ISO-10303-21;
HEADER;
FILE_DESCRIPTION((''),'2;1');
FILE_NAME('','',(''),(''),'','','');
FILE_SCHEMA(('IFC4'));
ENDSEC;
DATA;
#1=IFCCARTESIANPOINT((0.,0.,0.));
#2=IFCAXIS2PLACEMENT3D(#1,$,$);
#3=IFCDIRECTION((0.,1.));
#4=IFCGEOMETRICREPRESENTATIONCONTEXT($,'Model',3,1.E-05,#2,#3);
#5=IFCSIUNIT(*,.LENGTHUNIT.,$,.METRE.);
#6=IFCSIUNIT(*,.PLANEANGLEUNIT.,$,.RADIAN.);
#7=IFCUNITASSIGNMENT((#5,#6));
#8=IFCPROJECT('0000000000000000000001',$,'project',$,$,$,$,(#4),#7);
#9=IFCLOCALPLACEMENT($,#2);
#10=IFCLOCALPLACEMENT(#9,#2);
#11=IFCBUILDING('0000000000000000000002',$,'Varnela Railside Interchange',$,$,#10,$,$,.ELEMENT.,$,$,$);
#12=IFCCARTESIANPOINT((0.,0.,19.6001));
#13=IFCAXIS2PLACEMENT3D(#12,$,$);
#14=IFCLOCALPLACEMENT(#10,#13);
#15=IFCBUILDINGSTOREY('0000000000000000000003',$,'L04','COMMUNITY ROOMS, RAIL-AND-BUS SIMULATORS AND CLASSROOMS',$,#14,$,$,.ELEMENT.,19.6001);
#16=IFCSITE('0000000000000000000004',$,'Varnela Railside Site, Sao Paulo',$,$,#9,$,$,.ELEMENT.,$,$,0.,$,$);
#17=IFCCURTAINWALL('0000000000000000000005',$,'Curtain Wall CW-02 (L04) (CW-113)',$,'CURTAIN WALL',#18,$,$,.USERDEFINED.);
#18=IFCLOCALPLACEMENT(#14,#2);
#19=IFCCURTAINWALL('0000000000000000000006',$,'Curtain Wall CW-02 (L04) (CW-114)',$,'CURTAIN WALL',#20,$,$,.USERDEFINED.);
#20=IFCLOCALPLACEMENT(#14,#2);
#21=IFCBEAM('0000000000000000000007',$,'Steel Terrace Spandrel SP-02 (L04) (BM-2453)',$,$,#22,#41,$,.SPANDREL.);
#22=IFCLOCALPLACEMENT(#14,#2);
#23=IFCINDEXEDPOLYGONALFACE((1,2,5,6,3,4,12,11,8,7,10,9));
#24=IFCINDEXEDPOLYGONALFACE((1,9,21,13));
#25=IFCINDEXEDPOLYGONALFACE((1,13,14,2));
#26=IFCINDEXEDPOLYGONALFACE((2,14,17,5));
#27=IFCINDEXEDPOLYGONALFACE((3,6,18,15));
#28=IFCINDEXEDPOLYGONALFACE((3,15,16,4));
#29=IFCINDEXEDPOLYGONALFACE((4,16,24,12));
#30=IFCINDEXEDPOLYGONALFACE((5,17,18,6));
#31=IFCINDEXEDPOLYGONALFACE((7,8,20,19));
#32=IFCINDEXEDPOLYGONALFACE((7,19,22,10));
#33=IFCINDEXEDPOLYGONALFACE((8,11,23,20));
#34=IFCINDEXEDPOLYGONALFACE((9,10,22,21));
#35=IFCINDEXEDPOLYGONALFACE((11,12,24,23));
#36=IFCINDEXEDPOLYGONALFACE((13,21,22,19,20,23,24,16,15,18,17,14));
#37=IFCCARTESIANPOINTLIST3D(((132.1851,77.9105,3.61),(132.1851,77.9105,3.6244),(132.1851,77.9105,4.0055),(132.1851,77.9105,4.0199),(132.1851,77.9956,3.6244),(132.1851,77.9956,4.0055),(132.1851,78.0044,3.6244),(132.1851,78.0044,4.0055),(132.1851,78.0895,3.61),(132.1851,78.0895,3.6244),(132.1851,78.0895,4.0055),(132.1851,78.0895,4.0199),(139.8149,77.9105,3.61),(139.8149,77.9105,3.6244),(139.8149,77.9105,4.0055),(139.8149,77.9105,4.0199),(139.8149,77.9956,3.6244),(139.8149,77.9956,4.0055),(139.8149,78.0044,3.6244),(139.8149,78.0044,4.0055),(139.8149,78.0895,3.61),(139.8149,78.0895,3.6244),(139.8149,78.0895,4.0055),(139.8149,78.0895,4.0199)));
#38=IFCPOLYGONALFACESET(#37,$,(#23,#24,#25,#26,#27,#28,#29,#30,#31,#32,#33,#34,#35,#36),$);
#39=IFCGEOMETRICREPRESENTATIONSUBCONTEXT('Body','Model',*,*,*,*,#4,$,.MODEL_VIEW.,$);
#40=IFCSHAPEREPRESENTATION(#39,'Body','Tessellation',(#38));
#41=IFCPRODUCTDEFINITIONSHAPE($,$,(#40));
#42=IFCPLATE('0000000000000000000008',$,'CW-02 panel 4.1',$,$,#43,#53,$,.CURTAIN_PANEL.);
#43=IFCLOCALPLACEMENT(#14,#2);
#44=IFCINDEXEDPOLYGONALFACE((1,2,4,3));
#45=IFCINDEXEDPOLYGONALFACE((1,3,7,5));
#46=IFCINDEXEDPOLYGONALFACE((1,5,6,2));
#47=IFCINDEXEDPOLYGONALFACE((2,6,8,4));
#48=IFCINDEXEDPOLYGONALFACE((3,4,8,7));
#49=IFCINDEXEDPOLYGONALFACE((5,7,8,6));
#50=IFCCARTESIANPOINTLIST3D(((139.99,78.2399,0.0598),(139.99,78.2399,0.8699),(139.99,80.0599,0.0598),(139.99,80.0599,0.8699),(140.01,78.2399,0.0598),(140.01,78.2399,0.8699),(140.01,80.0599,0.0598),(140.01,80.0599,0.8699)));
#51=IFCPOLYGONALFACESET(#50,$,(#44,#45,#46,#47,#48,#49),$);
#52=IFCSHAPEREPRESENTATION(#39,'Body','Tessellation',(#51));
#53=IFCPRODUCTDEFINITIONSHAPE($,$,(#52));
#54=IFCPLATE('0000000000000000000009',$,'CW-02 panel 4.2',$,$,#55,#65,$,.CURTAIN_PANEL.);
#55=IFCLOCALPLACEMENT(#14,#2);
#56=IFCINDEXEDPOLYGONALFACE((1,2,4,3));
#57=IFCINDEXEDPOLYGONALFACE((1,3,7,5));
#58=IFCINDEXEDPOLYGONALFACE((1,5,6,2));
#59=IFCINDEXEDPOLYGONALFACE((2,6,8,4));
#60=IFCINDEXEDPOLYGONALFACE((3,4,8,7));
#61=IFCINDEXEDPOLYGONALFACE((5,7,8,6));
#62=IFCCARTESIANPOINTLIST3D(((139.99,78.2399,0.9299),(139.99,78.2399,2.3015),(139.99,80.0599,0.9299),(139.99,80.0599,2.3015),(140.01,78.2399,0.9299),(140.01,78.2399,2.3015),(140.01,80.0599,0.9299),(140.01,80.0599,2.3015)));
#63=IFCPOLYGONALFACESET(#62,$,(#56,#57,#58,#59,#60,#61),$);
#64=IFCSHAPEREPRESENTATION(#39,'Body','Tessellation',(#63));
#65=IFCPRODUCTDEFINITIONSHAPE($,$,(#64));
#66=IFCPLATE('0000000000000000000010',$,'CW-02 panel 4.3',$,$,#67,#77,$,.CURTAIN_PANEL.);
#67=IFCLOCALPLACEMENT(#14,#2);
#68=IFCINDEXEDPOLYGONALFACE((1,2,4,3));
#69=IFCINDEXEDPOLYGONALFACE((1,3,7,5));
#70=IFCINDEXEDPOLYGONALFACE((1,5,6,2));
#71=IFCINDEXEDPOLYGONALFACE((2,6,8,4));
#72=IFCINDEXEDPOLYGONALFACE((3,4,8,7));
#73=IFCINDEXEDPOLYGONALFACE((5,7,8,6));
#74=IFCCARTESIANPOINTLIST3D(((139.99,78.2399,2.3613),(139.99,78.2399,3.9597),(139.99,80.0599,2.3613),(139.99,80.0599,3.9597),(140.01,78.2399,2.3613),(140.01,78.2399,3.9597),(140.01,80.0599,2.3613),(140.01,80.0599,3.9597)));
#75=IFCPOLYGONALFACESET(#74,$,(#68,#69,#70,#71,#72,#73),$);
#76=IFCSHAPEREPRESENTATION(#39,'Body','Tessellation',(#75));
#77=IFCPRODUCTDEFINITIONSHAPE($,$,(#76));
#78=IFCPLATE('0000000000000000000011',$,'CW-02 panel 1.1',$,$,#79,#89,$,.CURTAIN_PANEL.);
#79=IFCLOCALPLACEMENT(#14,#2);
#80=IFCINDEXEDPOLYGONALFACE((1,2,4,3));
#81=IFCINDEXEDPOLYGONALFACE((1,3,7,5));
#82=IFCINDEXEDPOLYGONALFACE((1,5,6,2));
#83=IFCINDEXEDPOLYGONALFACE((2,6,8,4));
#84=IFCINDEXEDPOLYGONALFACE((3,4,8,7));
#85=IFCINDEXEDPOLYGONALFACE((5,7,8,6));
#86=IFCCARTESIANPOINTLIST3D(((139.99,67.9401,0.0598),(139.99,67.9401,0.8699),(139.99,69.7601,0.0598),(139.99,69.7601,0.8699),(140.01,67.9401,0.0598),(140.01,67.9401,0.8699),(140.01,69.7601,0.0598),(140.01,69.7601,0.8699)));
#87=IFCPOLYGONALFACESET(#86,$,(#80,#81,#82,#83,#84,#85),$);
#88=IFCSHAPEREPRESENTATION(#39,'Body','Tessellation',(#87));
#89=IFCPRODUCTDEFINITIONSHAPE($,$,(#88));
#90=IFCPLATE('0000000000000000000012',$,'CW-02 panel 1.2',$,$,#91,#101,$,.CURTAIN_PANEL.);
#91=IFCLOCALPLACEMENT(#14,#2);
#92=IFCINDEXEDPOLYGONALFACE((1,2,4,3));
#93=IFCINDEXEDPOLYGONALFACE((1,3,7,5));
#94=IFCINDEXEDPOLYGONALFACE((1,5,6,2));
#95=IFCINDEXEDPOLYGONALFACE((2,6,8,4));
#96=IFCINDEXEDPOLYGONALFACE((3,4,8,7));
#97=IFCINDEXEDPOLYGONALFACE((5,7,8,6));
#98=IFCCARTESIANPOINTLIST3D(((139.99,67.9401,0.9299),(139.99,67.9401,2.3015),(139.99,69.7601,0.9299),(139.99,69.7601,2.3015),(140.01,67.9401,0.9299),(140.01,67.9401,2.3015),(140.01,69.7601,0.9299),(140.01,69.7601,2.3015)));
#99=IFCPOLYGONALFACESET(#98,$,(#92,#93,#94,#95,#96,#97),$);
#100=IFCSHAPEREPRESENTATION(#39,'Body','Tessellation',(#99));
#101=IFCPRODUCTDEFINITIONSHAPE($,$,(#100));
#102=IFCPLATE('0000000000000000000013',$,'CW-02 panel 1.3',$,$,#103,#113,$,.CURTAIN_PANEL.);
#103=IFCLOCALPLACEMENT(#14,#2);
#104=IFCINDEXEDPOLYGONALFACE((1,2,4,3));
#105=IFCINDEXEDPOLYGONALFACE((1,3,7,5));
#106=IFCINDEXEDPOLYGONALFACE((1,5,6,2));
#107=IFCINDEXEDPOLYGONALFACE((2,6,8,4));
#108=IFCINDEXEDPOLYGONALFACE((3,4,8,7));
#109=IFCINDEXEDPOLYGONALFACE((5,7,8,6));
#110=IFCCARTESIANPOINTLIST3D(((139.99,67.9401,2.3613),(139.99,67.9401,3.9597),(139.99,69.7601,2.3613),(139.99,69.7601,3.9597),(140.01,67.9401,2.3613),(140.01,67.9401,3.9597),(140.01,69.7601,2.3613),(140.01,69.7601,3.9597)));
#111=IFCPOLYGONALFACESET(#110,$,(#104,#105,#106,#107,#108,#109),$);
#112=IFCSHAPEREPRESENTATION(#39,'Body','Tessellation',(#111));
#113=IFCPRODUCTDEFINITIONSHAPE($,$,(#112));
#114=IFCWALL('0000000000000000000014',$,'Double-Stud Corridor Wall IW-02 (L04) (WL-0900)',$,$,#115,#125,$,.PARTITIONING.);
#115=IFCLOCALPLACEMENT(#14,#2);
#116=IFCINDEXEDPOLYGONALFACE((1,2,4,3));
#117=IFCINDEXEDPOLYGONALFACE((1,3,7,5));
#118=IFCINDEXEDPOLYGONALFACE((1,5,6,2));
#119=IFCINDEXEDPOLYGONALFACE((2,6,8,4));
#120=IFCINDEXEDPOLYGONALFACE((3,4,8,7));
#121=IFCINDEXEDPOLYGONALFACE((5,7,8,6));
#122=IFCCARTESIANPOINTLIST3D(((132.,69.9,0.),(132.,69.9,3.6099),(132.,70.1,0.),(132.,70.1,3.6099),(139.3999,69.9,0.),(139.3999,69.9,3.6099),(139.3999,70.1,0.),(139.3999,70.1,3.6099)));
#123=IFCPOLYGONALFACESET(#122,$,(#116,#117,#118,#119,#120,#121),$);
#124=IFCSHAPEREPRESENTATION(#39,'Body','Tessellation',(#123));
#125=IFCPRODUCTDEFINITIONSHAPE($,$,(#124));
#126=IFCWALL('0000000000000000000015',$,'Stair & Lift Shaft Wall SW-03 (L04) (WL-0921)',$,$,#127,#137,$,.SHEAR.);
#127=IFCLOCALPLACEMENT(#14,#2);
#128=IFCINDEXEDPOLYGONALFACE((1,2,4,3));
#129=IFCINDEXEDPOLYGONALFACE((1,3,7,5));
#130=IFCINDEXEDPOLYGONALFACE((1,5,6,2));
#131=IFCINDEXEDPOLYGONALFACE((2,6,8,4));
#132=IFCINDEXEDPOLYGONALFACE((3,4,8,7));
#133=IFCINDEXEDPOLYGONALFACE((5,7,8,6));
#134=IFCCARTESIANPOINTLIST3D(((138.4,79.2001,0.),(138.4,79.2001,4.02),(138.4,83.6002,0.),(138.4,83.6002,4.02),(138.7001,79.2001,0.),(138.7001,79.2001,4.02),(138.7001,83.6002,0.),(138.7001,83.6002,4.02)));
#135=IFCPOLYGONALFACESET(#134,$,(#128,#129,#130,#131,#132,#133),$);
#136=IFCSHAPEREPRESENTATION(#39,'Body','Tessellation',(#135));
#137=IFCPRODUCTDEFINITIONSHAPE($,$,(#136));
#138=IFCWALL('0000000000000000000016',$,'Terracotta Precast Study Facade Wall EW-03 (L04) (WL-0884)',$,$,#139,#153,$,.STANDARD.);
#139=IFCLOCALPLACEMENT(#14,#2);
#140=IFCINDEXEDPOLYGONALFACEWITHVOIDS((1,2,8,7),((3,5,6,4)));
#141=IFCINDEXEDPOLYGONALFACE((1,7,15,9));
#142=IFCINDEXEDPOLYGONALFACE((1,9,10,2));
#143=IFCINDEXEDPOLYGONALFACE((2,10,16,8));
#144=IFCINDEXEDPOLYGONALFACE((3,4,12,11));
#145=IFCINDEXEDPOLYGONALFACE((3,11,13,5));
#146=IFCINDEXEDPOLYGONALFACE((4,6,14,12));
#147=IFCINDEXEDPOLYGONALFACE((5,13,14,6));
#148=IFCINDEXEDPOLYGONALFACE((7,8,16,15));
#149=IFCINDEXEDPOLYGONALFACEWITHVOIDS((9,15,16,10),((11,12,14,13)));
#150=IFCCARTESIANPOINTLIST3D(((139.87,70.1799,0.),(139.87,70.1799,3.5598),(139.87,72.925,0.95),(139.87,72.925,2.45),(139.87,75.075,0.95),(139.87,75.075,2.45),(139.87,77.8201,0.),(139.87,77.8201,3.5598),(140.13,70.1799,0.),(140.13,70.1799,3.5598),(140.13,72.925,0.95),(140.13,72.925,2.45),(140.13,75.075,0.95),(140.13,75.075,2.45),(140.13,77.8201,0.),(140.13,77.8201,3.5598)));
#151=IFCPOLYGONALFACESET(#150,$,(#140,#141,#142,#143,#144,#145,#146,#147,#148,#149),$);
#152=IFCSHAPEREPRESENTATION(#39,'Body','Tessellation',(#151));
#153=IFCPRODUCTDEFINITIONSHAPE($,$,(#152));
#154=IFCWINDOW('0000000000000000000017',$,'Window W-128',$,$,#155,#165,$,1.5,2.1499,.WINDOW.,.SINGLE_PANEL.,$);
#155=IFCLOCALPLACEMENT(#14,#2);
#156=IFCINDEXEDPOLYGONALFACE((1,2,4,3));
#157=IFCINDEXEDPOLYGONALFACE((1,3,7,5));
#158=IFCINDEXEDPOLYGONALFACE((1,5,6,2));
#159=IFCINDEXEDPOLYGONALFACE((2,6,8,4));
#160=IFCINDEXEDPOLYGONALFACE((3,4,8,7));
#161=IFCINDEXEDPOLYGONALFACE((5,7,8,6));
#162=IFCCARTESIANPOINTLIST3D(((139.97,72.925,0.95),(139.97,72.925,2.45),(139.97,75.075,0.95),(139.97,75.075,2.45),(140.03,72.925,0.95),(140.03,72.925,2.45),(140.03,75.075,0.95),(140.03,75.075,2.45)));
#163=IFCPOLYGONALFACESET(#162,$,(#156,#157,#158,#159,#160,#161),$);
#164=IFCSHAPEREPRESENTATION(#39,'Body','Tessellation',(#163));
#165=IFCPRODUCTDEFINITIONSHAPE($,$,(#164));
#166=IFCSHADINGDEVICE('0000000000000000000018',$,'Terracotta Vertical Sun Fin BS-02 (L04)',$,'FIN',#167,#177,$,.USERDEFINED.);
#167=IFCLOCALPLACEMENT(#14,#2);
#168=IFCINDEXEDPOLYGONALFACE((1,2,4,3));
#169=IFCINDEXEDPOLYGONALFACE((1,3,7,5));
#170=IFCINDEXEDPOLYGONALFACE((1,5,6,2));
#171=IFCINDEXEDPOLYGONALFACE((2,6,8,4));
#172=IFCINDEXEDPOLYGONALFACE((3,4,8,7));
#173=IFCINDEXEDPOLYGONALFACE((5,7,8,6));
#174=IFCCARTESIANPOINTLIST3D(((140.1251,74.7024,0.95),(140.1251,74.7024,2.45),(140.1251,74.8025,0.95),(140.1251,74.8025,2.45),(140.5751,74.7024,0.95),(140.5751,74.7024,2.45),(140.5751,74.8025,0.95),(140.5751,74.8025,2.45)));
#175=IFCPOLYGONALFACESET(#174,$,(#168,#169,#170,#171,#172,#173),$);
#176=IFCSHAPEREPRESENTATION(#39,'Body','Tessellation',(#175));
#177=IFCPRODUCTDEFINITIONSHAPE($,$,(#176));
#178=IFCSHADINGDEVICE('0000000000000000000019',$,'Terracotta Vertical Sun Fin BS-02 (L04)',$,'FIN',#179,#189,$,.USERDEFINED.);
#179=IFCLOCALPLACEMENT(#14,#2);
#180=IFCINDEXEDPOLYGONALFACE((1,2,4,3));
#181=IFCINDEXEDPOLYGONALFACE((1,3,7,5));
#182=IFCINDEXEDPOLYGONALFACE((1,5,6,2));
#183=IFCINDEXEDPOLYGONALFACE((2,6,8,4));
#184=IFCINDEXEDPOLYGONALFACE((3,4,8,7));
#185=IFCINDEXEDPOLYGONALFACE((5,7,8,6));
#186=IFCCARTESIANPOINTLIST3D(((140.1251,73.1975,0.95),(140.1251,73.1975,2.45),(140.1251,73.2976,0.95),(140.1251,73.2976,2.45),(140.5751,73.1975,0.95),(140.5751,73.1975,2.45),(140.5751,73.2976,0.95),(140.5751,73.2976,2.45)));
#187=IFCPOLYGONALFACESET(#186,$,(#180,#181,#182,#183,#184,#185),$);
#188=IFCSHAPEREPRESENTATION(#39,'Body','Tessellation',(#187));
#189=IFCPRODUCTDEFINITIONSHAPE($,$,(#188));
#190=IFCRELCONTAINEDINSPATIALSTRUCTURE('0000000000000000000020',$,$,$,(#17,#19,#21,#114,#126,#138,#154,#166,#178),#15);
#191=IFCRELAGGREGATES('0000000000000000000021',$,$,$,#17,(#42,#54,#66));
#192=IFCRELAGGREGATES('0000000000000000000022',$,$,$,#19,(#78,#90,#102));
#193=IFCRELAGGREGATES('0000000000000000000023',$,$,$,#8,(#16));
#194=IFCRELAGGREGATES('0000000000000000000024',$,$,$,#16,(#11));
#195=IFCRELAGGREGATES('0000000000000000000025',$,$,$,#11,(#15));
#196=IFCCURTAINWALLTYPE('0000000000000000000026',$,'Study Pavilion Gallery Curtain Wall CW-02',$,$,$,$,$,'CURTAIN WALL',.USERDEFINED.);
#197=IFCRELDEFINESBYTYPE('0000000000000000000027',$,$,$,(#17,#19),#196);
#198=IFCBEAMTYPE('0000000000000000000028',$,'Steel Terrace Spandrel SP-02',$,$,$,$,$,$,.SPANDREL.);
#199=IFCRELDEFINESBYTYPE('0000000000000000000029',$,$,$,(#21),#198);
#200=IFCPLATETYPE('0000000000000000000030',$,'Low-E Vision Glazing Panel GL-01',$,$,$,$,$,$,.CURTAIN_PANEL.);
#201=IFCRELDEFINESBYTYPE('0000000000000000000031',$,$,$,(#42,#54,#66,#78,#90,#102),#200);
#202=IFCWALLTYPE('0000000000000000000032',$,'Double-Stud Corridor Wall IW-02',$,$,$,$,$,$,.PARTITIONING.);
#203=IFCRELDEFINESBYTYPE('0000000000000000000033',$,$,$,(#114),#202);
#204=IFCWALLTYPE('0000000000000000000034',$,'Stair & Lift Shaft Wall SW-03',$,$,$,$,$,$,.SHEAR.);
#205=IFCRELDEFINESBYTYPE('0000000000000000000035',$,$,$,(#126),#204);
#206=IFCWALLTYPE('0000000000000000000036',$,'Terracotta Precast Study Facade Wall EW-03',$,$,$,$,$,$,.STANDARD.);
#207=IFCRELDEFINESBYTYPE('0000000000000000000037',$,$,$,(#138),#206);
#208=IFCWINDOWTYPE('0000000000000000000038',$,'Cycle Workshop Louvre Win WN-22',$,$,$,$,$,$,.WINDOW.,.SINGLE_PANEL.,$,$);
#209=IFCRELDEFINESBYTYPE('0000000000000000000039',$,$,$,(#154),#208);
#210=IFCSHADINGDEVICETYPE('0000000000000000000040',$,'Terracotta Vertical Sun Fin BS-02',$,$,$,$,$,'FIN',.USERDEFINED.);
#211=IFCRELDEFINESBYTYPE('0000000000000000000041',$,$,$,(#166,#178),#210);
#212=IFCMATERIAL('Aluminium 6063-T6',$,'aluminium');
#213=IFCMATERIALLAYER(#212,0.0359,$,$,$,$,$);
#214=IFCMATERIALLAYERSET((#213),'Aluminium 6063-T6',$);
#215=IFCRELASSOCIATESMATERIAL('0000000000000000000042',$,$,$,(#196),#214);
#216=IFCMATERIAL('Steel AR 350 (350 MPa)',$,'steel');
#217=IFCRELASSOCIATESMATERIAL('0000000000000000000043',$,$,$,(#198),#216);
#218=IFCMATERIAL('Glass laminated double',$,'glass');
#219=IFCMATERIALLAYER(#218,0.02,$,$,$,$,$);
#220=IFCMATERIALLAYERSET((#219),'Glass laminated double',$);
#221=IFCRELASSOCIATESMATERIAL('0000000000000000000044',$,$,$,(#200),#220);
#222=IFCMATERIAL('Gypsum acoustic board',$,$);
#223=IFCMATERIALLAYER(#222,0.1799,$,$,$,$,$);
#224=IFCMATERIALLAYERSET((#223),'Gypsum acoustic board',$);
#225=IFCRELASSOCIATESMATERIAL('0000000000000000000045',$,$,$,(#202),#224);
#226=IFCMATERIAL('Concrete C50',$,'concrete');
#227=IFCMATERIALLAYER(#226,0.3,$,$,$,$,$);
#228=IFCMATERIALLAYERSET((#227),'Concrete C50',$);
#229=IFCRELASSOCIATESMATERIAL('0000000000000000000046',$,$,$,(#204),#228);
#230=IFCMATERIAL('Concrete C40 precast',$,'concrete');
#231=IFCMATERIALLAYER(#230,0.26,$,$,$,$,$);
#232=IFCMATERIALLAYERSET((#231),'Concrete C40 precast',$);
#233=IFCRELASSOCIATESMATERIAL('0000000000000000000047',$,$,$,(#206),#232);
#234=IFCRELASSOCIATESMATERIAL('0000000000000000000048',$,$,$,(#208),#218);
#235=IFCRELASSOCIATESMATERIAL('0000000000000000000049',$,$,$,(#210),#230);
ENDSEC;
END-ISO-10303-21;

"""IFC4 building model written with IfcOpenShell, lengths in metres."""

from ifc_helpers import new_model, si_unit, direction, frame, frame_2d, origin, origin_2d, place, context, subcontext, project, spatial, rectangle, i_section, extrude, material, layer, layer_set, material_profile, profile_set, type_object, element, fill, aggregate, save


model = new_model("IFC4")

# Units and contexts
model_context = context("Model", 3, precision=1e-05, world=origin(), true_north=direction((0.0, 1.0)))
body_context = subcontext(model_context, "Body", "Model", "MODEL_VIEW")
ifc_project = project(units=[si_unit("LENGTHUNIT", "METRE"), si_unit("PLANEANGLEUNIT", "RADIAN")], contexts=[model_context])

# Site, building, storey
site_placement = place(None, origin())
site = spatial("IfcSite", under=ifc_project, at=site_placement, Name="Varnela Railside Site, Sao Paulo", CompositionType="ELEMENT", RefElevation=0.0)
building_placement = place(site_placement, origin())
building = spatial("IfcBuilding", under=site, at=building_placement, Name="Varnela Railside Interchange", CompositionType="ELEMENT")
storey_placement = place(building_placement, frame((0.0, 0.0, 19.6001)))
storey = spatial("IfcBuildingStorey", under=building, at=storey_placement, Name="L04", Description="COMMUNITY ROOMS, RAIL-AND-BUS SIMULATORS AND CLASSROOMS", CompositionType="ELEMENT", Elevation=19.6001)

# Shared definitions
ifc_material_1 = material(Name="Steel AR 350 (350 MPa)", Category="steel")

# Curtain wall
ifc_material_2 = material(Name="Aluminium 6063-T6", Category="aluminium")
ifc_layer_1 = layer(ifc_material_2, 0.0359)
ifc_layer_set_1 = layer_set([ifc_layer_1], Name="Aluminium 6063-T6")
curtain_wall_type = type_object("IfcCurtainWallType", Name="Study Pavilion Gallery Curtain Wall CW-02", ElementType="CURTAIN WALL", PredefinedType="USERDEFINED", material=ifc_layer_set_1)
curtain_wall_1_placement = place(storey_placement, origin())
curtain_wall_1 = element("IfcCurtainWall", 1, at=curtain_wall_1_placement, inside=storey, type_object=curtain_wall_type, Name="Curtain Wall CW-02 (L04) (CW-113)", ObjectType="CURTAIN WALL", PredefinedType="USERDEFINED")

# Curtain wall
curtain_wall_2_placement = place(storey_placement, origin())
curtain_wall_2 = element("IfcCurtainWall", 2, at=curtain_wall_2_placement, inside=storey, type_object=curtain_wall_type, Name="Curtain Wall CW-02 (L04) (CW-114)", ObjectType="CURTAIN WALL", PredefinedType="USERDEFINED")

# Beam
ifc_material_profile_1 = material_profile(ifc_material_1, i_section(OverallWidth=0.179, OverallDepth=0.4099, WebThickness=0.0088, FlangeThickness=0.0144, at=origin_2d()), Name="W410x67")
ifc_profile_set_1 = profile_set([ifc_material_profile_1], Name="Steel AR 350 (350 MPa)")
beam_type_1 = type_object("IfcBeamType", Name="Steel Terrace Spandrel SP-02", PredefinedType="SPANDREL", material=ifc_profile_set_1)
for number, where, z_axis, x_axis, name in (
    (3, (132.1851, 78.0, 3.8149), (1.0, 0.0, 0.0), (0.0, 1.0, 0.0), "Steel Terrace Spandrel SP-02 (L04) (BM-2453)"),
):
    element("IfcBeam", number, at=place(storey_placement, frame(where, z_axis=z_axis, x_axis=x_axis)), inside=storey, type_object=beam_type_1, Name=name, PredefinedType="SPANDREL", context=body_context, shape_type="SweptSolid", body=[
        extrude(i_section(OverallWidth=0.179, OverallDepth=0.4099, WebThickness=0.0088, FlangeThickness=0.0144, at=origin_2d()), origin(), (0.0, 0.0, 1.0), 7.6299),
    ])

# Plates
ifc_material_3 = material(Name="Glass laminated double", Category="glass")
ifc_layer_2 = layer(ifc_material_3, 0.02)
ifc_layer_set_2 = layer_set([ifc_layer_2], Name="Glass laminated double")
plate_type = type_object("IfcPlateType", Name="Low-E Vision Glazing Panel GL-01", PredefinedType="CURTAIN_PANEL", material=ifc_layer_set_2)
plate_1_placement = place(storey_placement, frame((140.0, 79.1499, 0.0598), z_axis=(0.0, 0.0, 1.0), x_axis=(0.0, -1.0, 0.0)))
plate_1 = element("IfcPlate", 4, at=plate_1_placement, type_object=plate_type, Name="CW-02 panel 4.1", PredefinedType="CURTAIN_PANEL", context=body_context, shape_type="SweptSolid", body=[
    extrude(rectangle(XDim=1.8201, YDim=0.02, at=origin_2d()), origin(), (0.0, 0.0, 1.0), 0.8101),
])
plate_2_placement = place(storey_placement, frame((140.0, 79.1499, 0.9299), z_axis=(0.0, 0.0, 1.0), x_axis=(0.0, -1.0, 0.0)))
plate_2 = element("IfcPlate", 5, at=plate_2_placement, type_object=plate_type, Name="CW-02 panel 4.2", PredefinedType="CURTAIN_PANEL", context=body_context, shape_type="SweptSolid", body=[
    extrude(rectangle(XDim=1.8201, YDim=0.02, at=origin_2d()), origin(), (0.0, 0.0, 1.0), 1.3716),
])
plate_3_placement = place(storey_placement, frame((140.0, 79.1499, 2.3613), z_axis=(0.0, 0.0, 1.0), x_axis=(0.0, -1.0, 0.0)))
plate_3 = element("IfcPlate", 6, at=plate_3_placement, type_object=plate_type, Name="CW-02 panel 4.3", PredefinedType="CURTAIN_PANEL", context=body_context, shape_type="SweptSolid", body=[
    extrude(rectangle(XDim=1.8201, YDim=0.02, at=origin_2d()), origin(), (0.0, 0.0, 1.0), 1.5984),
])
aggregate(curtain_wall_1, [plate_1, plate_2, plate_3])
plate_4_placement = place(storey_placement, frame((140.0, 68.8501, 0.0598), z_axis=(0.0, 0.0, 1.0), x_axis=(0.0, -1.0, 0.0)))
plate_4 = element("IfcPlate", 7, at=plate_4_placement, type_object=plate_type, Name="CW-02 panel 1.1", PredefinedType="CURTAIN_PANEL", context=body_context, shape_type="SweptSolid", body=[
    extrude(rectangle(XDim=1.8201, YDim=0.02, at=origin_2d()), origin(), (0.0, 0.0, 1.0), 0.8101),
])
plate_5_placement = place(storey_placement, frame((140.0, 68.8501, 0.9299), z_axis=(0.0, 0.0, 1.0), x_axis=(0.0, -1.0, 0.0)))
plate_5 = element("IfcPlate", 8, at=plate_5_placement, type_object=plate_type, Name="CW-02 panel 1.2", PredefinedType="CURTAIN_PANEL", context=body_context, shape_type="SweptSolid", body=[
    extrude(rectangle(XDim=1.8201, YDim=0.02, at=origin_2d()), origin(), (0.0, 0.0, 1.0), 1.3716),
])
plate_6_placement = place(storey_placement, frame((140.0, 68.8501, 2.3613), z_axis=(0.0, 0.0, 1.0), x_axis=(0.0, -1.0, 0.0)))
plate_6 = element("IfcPlate", 9, at=plate_6_placement, type_object=plate_type, Name="CW-02 panel 1.3", PredefinedType="CURTAIN_PANEL", context=body_context, shape_type="SweptSolid", body=[
    extrude(rectangle(XDim=1.8201, YDim=0.02, at=origin_2d()), origin(), (0.0, 0.0, 1.0), 1.5984),
])
aggregate(curtain_wall_2, [plate_4, plate_5, plate_6])

# Walls
ifc_material_4 = material(Name="Gypsum acoustic board")
ifc_layer_3 = layer(ifc_material_4, 0.1799)
ifc_layer_set_3 = layer_set([ifc_layer_3], Name="Gypsum acoustic board")
wall_type_1 = type_object("IfcWallType", Name="Double-Stud Corridor Wall IW-02", PredefinedType="PARTITIONING", material=ifc_layer_set_3)
wall_1_placement = place(storey_placement, frame((132.0, 70.0, 0.0), z_axis=(0.0, 0.0, 1.0), x_axis=(1.0, 0.0, 0.0)))
element("IfcWall", 10, at=wall_1_placement, inside=storey, type_object=wall_type_1, Name="Double-Stud Corridor Wall IW-02 (L04) (WL-0900)", PredefinedType="PARTITIONING", context=body_context, shape_type="SweptSolid", body=[
    extrude(rectangle(XDim=7.3999, YDim=0.2, at=frame_2d((3.7, 0.0))), origin(), (0.0, 0.0, 1.0), 3.6099),
])
ifc_material_5 = material(Name="Concrete C50", Category="concrete")
ifc_layer_4 = layer(ifc_material_5, 0.3)
ifc_layer_set_4 = layer_set([ifc_layer_4], Name="Concrete C50")
wall_type_2 = type_object("IfcWallType", Name="Stair & Lift Shaft Wall SW-03", PredefinedType="SHEAR", material=ifc_layer_set_4)
wall_2_placement = place(storey_placement, frame((138.55, 79.2, 0.0), z_axis=(0.0, 0.0, 1.0), x_axis=(0.0, 1.0, 0.0)))
element("IfcWall", 11, at=wall_2_placement, inside=storey, type_object=wall_type_2, Name="Stair & Lift Shaft Wall SW-03 (L04) (WL-0921)", PredefinedType="SHEAR", context=body_context, shape_type="SweptSolid", body=[
    extrude(rectangle(XDim=4.4001, YDim=0.3, at=frame_2d((2.2002, 0.0))), origin(), (0.0, 0.0, 1.0), 4.02),
])

# Wall, opening, window
ifc_material_6 = material(Name="Concrete C40 precast", Category="concrete")
ifc_layer_5 = layer(ifc_material_6, 0.26)
ifc_layer_set_5 = layer_set([ifc_layer_5], Name="Concrete C40 precast")
wall_type_3 = type_object("IfcWallType", Name="Terracotta Precast Study Facade Wall EW-03", PredefinedType="STANDARD", material=ifc_layer_set_5)
wall_3_placement = place(storey_placement, frame((140.0, 77.8201, 0.0), z_axis=(0.0, 0.0, 1.0), x_axis=(0.0, -1.0, 0.0)))
wall_3 = element("IfcWall", 12, at=wall_3_placement, inside=storey, type_object=wall_type_3, Name="Terracotta Precast Study Facade Wall EW-03 (L04) (WL-0884)", PredefinedType="STANDARD", context=body_context, shape_type="SweptSolid", body=[
    extrude(rectangle(XDim=7.6401, YDim=0.26, at=frame_2d((3.8201, 0.0))), origin(), (0.0, 0.0, 1.0), 3.5598),
])
opening_placement = place(wall_3_placement, frame((2.7451, 0.0, 0.95)))
opening = element("IfcOpeningElement", 13, at=opening_placement, cuts=wall_3, PredefinedType="OPENING", context=body_context, shape_type="SweptSolid", body=[
    extrude(rectangle(XDim=2.1499, YDim=1.5, at=frame_2d((1.075, 0.75))), frame((0.0, 0.1399, 0.0), z_axis=(0.0, -1.0, 0.0), x_axis=(1.0, 0.0, 0.0)), (0.0, 0.0, 1.0), 0.28),
])
window_type = type_object("IfcWindowType", Name="Cycle Workshop Louvre Win WN-22", PartitioningType="SINGLE_PANEL", PredefinedType="WINDOW", material=ifc_material_3)
window_placement = place(opening_placement, origin())
window = element("IfcWindow", 14, at=window_placement, inside=storey, type_object=window_type, Name="Window W-128", OverallHeight=1.5, OverallWidth=2.1499, PartitioningType="SINGLE_PANEL", PredefinedType="WINDOW", context=body_context, shape_type="SweptSolid", body=[
    extrude(rectangle(XDim=2.1499, YDim=1.5, at=frame_2d((1.075, 0.75))), frame((0.0, 0.03, 0.0), z_axis=(0.0, -1.0, 0.0), x_axis=(1.0, 0.0, 0.0)), (0.0, 0.0, 1.0), 0.0601),
])
fill(opening, window)

# Shading devices
shading_device_type = type_object("IfcShadingDeviceType", Name="Terracotta Vertical Sun Fin BS-02", ElementType="FIN", PredefinedType="USERDEFINED", material=ifc_material_6)
for number, where, z_axis, x_axis, name in (
    (15, (140.3501, 74.7524, 0.95), (0.0, 0.0, 1.0), (1.0, 0.0, 0.0), "Terracotta Vertical Sun Fin BS-02 (L04)"),
    (16, (140.3501, 73.2476, 0.95), (0.0, 0.0, 1.0), (1.0, 0.0, 0.0), "Terracotta Vertical Sun Fin BS-02 (L04)"),
):
    element("IfcShadingDevice", number, at=place(storey_placement, frame(where, z_axis=z_axis, x_axis=x_axis)), inside=storey, type_object=shading_device_type, Name=name, ObjectType="FIN", PredefinedType="USERDEFINED", context=body_context, shape_type="SweptSolid", body=[
        extrude(rectangle(XDim=0.45, YDim=0.1001, at=origin_2d()), origin(), (0.0, 0.0, 1.0), 1.5),
    ])

save(model, "model.ifc")
